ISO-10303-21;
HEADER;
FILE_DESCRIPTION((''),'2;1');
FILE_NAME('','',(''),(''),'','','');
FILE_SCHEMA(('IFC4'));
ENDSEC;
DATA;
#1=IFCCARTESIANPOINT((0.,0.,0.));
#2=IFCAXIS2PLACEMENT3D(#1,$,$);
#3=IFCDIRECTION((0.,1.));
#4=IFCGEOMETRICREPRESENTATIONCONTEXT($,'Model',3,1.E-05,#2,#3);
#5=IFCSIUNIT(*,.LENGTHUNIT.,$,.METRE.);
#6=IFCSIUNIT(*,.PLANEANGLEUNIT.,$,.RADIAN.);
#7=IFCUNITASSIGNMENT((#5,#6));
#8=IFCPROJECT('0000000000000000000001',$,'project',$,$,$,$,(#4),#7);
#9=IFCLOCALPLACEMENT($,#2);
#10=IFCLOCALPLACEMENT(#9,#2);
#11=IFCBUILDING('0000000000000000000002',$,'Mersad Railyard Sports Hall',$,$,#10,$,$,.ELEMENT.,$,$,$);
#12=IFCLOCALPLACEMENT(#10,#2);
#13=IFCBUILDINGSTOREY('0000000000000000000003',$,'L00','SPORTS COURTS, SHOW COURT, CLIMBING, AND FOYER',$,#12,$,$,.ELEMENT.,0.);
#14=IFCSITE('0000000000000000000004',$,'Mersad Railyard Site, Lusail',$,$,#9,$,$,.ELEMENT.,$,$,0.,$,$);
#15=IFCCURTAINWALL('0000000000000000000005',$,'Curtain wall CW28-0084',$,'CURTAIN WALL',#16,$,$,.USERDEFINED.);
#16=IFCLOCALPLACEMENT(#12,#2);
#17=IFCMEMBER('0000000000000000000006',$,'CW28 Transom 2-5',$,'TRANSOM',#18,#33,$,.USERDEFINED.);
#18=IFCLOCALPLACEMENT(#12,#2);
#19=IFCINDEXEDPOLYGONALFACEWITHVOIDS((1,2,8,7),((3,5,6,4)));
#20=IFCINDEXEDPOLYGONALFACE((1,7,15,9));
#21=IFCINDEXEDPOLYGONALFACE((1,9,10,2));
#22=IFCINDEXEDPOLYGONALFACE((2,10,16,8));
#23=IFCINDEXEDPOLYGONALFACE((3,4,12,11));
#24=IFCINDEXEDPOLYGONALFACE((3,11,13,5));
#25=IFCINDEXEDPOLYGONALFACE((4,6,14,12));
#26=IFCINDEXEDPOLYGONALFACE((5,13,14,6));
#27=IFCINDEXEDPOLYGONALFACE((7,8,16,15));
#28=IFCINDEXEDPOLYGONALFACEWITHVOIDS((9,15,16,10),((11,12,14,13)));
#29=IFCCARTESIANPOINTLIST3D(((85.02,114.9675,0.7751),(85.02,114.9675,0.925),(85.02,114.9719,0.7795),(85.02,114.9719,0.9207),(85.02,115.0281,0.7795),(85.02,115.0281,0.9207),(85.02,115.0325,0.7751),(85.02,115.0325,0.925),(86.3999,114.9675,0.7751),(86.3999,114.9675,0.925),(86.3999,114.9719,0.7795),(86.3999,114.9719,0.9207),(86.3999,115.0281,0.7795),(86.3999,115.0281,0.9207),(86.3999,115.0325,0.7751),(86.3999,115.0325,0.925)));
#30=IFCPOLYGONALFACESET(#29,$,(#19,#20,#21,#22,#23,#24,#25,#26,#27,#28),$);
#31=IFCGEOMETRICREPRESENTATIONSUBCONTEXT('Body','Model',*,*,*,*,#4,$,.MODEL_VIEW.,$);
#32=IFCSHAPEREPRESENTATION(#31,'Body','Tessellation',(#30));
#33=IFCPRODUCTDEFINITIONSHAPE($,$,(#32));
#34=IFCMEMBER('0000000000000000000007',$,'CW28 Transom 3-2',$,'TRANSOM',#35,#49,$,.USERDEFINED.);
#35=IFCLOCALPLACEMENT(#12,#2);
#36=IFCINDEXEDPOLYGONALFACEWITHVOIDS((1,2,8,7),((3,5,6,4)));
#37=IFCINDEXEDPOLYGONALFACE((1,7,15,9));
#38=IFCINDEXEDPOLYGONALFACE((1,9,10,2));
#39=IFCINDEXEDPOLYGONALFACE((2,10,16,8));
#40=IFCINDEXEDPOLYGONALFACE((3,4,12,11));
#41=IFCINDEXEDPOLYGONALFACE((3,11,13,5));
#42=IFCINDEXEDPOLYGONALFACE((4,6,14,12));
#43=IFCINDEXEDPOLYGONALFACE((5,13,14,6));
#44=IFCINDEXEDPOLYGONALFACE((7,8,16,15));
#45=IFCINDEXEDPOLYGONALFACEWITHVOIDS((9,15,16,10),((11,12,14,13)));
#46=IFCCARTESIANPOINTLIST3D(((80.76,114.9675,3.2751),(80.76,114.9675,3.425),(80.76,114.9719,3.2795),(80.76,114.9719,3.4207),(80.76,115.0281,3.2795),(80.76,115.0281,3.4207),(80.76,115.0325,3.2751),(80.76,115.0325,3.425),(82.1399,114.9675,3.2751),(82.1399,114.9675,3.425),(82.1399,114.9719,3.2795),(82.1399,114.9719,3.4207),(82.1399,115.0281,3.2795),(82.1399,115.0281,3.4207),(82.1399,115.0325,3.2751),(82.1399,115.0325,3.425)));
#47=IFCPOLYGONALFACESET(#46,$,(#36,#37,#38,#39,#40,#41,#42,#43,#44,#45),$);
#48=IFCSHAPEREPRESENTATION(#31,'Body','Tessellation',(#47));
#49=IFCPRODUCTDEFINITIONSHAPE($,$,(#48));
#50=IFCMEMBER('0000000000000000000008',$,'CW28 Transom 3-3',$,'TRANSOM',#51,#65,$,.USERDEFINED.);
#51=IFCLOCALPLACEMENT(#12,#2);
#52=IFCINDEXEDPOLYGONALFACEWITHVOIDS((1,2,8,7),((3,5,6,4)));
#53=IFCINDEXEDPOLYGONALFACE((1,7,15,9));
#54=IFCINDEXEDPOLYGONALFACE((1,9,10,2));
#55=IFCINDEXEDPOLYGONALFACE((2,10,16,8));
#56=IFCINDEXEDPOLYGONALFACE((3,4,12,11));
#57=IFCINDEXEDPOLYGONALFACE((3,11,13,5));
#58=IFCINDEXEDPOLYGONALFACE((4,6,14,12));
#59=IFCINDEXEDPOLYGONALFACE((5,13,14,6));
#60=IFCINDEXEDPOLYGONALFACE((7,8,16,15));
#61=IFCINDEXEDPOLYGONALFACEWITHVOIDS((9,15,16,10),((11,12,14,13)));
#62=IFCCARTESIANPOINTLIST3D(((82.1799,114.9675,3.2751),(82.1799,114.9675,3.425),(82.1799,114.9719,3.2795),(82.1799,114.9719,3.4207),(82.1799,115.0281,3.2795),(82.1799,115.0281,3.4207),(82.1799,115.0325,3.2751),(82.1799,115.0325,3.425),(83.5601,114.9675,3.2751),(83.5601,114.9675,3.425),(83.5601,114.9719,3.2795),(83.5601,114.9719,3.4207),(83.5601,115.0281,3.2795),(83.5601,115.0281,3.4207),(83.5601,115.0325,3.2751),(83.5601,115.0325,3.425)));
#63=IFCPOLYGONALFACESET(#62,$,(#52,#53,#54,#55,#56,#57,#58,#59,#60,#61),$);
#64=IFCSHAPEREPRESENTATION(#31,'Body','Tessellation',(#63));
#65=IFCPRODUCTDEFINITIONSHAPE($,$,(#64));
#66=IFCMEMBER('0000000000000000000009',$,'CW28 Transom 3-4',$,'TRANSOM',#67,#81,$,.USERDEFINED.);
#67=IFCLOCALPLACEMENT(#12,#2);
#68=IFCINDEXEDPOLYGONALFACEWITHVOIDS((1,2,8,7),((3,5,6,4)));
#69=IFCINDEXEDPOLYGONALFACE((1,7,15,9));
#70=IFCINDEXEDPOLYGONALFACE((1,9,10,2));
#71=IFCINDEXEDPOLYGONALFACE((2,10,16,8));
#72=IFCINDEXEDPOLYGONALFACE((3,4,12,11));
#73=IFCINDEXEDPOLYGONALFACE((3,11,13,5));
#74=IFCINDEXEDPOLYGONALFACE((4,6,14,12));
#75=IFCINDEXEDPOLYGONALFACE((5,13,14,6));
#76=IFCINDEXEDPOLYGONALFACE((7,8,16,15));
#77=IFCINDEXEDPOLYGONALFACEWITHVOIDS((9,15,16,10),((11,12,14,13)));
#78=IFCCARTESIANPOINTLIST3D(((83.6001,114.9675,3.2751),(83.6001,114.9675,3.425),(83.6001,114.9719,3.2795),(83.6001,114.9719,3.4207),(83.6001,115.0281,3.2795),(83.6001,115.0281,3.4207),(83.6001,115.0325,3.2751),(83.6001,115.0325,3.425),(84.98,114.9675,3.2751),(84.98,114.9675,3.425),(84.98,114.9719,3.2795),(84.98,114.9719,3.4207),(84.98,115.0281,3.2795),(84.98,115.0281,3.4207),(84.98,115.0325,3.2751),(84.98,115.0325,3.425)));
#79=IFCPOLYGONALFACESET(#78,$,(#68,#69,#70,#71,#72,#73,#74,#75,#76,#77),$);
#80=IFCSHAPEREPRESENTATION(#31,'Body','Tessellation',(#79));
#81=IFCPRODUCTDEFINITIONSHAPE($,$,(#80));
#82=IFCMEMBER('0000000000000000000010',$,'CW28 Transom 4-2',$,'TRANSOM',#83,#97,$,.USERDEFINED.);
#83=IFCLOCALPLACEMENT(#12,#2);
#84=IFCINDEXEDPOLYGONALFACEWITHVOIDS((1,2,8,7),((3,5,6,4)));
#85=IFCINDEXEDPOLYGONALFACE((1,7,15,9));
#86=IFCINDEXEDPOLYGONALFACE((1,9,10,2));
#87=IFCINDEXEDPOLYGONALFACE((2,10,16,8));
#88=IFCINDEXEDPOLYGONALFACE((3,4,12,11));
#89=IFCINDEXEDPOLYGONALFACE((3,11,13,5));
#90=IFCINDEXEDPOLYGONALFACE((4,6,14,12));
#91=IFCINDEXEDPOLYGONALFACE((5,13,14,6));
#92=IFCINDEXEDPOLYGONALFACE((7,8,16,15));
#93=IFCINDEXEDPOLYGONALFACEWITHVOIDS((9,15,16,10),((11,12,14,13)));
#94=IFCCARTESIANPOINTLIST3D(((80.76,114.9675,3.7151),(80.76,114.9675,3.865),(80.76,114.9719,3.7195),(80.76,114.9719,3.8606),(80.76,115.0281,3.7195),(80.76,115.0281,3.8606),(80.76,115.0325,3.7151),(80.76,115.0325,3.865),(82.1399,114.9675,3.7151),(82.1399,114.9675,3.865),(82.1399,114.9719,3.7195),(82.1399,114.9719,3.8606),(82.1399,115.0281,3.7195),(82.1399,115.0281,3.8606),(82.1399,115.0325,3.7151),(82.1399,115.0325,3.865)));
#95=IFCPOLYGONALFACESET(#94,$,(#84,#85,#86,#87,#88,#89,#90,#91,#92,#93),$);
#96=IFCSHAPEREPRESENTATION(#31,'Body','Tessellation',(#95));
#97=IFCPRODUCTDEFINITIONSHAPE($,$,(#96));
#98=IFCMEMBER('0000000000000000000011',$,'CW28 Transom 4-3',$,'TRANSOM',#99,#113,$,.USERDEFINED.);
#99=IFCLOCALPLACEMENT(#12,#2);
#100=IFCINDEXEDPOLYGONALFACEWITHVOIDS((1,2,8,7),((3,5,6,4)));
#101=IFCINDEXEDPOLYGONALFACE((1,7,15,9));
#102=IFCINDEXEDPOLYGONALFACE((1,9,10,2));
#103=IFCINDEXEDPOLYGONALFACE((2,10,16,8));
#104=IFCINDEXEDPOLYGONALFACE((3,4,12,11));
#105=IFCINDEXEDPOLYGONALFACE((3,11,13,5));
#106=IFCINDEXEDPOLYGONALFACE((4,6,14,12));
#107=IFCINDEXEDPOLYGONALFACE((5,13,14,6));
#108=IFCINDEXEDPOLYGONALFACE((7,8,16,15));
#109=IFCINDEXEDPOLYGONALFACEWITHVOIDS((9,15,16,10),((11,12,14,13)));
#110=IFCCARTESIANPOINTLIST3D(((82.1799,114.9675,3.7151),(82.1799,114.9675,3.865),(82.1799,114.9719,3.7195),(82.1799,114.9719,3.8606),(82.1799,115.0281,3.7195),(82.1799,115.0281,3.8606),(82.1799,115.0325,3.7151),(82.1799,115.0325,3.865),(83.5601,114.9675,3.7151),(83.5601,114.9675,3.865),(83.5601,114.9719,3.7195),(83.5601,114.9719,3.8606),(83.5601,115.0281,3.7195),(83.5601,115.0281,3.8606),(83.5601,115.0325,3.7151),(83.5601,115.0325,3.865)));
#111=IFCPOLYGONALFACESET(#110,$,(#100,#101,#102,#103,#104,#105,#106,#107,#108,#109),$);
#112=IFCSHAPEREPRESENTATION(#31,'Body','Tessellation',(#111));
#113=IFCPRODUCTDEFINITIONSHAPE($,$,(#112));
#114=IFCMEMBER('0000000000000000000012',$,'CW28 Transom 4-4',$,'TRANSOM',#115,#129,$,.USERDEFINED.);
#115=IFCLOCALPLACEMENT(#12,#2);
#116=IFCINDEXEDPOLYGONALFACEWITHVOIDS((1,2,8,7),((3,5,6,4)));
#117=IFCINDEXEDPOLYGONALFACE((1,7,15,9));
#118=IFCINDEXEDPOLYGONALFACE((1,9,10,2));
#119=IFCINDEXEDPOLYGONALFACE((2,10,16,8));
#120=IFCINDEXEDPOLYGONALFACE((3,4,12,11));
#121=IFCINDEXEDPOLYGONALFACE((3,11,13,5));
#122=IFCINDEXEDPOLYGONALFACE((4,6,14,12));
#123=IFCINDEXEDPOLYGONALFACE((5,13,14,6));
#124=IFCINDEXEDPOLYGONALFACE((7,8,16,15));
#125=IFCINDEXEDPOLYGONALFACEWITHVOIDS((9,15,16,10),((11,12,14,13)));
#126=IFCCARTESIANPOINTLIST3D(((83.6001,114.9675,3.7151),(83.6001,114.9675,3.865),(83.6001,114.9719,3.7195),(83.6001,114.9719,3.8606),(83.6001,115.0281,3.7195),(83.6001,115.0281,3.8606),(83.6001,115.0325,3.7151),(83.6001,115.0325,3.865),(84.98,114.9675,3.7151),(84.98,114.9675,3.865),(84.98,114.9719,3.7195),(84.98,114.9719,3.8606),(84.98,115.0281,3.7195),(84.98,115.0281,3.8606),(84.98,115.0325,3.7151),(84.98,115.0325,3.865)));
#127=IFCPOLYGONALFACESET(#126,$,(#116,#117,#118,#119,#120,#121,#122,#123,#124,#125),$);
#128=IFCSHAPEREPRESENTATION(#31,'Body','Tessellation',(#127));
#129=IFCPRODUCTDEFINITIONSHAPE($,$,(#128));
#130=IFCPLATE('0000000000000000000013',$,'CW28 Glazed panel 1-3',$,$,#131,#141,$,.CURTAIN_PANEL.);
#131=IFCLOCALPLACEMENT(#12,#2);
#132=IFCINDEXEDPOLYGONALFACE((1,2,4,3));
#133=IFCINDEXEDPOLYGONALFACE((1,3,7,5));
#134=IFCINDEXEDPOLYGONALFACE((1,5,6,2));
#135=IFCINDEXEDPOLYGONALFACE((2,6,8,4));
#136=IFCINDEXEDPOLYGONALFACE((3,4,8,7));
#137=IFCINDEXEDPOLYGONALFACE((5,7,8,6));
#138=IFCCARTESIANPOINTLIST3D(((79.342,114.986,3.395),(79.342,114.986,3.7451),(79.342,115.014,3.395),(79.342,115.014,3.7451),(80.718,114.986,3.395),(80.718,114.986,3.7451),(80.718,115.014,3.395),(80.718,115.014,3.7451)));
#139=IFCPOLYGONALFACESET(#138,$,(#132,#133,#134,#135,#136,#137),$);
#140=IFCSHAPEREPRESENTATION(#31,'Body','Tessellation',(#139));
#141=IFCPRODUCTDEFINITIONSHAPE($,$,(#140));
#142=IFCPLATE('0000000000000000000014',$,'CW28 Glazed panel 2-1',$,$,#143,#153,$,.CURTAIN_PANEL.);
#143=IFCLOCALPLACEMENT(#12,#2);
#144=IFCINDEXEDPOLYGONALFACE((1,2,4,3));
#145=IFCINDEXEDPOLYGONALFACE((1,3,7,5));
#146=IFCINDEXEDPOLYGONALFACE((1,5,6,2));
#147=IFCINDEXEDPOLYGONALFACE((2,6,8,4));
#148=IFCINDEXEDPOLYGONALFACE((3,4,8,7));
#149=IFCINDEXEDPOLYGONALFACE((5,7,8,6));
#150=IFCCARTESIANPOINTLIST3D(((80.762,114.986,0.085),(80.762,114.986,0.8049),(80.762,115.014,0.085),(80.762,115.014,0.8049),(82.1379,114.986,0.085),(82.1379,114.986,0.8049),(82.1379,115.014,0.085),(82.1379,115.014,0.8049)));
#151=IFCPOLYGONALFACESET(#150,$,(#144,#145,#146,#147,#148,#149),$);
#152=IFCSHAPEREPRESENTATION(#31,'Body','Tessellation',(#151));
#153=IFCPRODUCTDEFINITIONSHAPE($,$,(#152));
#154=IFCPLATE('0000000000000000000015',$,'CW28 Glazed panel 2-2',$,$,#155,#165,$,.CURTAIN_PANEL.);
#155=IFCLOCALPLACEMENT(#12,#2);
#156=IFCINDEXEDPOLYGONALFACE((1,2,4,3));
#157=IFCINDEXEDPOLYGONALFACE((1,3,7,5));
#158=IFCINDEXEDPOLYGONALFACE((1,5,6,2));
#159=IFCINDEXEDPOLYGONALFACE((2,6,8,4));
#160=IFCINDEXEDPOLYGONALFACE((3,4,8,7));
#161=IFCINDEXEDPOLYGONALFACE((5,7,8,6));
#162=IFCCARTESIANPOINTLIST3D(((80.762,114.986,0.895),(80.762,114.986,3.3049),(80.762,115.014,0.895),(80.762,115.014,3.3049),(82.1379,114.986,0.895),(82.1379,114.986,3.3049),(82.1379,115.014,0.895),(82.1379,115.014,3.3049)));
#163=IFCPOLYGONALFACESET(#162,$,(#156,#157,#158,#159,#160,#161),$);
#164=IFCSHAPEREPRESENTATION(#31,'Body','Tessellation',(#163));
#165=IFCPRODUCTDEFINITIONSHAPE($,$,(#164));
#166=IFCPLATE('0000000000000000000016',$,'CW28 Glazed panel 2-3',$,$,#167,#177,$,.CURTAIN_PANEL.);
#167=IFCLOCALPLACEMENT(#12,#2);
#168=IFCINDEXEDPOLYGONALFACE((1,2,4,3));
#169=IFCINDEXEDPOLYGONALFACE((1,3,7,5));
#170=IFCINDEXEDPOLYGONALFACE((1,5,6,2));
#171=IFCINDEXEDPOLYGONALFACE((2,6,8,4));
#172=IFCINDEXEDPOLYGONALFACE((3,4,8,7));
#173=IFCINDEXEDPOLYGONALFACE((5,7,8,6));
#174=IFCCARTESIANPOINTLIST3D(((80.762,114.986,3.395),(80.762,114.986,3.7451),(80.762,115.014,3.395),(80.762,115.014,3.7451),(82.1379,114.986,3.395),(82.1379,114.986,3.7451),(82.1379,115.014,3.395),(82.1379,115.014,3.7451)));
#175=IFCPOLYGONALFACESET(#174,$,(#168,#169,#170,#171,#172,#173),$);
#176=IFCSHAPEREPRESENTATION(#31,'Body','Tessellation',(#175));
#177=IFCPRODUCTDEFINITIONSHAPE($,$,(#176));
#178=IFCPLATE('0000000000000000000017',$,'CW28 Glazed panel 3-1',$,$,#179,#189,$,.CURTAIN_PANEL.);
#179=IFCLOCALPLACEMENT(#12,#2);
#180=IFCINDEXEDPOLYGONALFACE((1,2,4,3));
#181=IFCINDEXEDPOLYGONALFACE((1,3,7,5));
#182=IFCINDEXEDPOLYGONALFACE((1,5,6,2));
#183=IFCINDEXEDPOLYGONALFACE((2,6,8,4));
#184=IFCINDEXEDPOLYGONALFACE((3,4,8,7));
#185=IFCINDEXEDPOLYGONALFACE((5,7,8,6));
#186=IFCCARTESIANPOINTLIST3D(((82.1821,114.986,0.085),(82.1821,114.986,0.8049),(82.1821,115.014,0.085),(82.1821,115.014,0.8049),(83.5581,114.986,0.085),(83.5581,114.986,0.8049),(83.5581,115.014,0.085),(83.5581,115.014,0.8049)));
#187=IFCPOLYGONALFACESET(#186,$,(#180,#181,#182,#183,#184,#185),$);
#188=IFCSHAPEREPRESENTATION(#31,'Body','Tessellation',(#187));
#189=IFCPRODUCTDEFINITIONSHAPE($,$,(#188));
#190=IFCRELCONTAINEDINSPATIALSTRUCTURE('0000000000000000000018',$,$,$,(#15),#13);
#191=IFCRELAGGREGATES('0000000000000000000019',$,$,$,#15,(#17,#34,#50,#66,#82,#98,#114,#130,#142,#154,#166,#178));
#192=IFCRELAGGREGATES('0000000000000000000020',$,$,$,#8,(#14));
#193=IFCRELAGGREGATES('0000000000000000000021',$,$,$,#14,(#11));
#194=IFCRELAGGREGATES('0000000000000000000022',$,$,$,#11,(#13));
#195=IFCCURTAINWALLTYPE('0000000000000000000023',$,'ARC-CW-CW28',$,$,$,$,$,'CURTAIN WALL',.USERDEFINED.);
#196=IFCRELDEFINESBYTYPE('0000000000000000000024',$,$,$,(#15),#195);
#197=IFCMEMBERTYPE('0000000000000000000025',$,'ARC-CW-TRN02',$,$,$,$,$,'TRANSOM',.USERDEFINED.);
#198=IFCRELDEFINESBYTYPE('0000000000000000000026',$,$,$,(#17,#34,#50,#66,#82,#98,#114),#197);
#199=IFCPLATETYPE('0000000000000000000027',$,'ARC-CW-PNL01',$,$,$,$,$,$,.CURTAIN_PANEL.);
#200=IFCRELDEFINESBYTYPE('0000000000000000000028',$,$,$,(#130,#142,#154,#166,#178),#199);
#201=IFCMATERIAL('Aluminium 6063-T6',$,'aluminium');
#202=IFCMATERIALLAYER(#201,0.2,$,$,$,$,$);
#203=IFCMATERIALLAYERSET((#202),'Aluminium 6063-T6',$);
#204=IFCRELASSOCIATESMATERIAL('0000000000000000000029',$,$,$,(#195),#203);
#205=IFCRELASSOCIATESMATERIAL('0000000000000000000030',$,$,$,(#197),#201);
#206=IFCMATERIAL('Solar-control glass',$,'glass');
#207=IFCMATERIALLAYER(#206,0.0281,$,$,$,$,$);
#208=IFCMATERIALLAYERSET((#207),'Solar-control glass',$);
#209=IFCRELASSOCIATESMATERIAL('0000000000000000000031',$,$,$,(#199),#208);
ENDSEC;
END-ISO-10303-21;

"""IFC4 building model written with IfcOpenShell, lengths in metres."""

from ifc_helpers import new_model, si_unit, direction, frame, origin, origin_2d, place, context, subcontext, project, spatial, rectangle, hollow_rectangle, extrude, material, layer, layer_set, material_profile, profile_set, type_object, element, aggregate, save


model = new_model("IFC4")

# Units and contexts
model_context = context("Model", 3, precision=1e-05, world=origin(), true_north=direction((0.0, 1.0)))
body_context = subcontext(model_context, "Body", "Model", "MODEL_VIEW")
ifc_project = project(units=[si_unit("LENGTHUNIT", "METRE"), si_unit("PLANEANGLEUNIT", "RADIAN")], contexts=[model_context])

# Site, building, storey
site_placement = place(None, origin())
site = spatial("IfcSite", under=ifc_project, at=site_placement, Name="Mersad Railyard Site, Lusail", CompositionType="ELEMENT", RefElevation=0.0)
building_placement = place(site_placement, origin())
building = spatial("IfcBuilding", under=site, at=building_placement, Name="Mersad Railyard Sports Hall", CompositionType="ELEMENT")
storey_placement = place(building_placement, origin())
storey = spatial("IfcBuildingStorey", under=building, at=storey_placement, Name="L00", Description="SPORTS COURTS, SHOW COURT, CLIMBING, AND FOYER", CompositionType="ELEMENT", Elevation=0.0)

# Curtain wall, members, plates
ifc_material_1 = material(Name="Aluminium 6063-T6", Category="aluminium")
ifc_layer_1 = layer(ifc_material_1, 0.2)
ifc_layer_set_1 = layer_set([ifc_layer_1], Name="Aluminium 6063-T6")
curtain_wall_type = type_object("IfcCurtainWallType", Name="ARC-CW-CW28", ElementType="CURTAIN WALL", PredefinedType="USERDEFINED", material=ifc_layer_set_1)
curtain_wall_placement = place(storey_placement, origin())
curtain_wall = element("IfcCurtainWall", 1, at=curtain_wall_placement, inside=storey, type_object=curtain_wall_type, Name="Curtain wall CW28-0084", ObjectType="CURTAIN WALL", PredefinedType="USERDEFINED")
ifc_material_profile_1 = material_profile(ifc_material_1, hollow_rectangle(XDim=0.0649, YDim=0.1499, WallThickness=0.0044, at=origin_2d()), Name="AL TRANSOM 65x150x4.5")
ifc_profile_set_1 = profile_set([ifc_material_profile_1], Name="Aluminium 6063-T6")
member_type_1 = type_object("IfcMemberType", Name="ARC-CW-TRN02", ElementType="TRANSOM", PredefinedType="USERDEFINED", material=ifc_profile_set_1)
member_1_placement = place(storey_placement, frame((85.02, 115.0, 0.8501), z_axis=(1.0, 0.0, 0.0), x_axis=(0.0, 1.0, 0.0)))
member_1 = element("IfcMember", 2, at=member_1_placement, type_object=member_type_1, Name="CW28 Transom 2-5", ObjectType="TRANSOM", PredefinedType="USERDEFINED", context=body_context, shape_type="SweptSolid", body=[
    extrude(hollow_rectangle(XDim=0.0649, YDim=0.1499, WallThickness=0.0044, at=origin_2d()), origin(), (0.0, 0.0, 1.0), 1.3799),
])
member_2_placement = place(storey_placement, frame((80.76, 115.0, 3.3501), z_axis=(1.0, 0.0, 0.0), x_axis=(0.0, 1.0, 0.0)))
member_2 = element("IfcMember", 3, at=member_2_placement, type_object=member_type_1, Name="CW28 Transom 3-2", ObjectType="TRANSOM", PredefinedType="USERDEFINED", context=body_context, shape_type="SweptSolid", body=[
    extrude(hollow_rectangle(XDim=0.0649, YDim=0.1499, WallThickness=0.0044, at=origin_2d()), origin(), (0.0, 0.0, 1.0), 1.3799),
])
member_3_placement = place(storey_placement, frame((82.1799, 115.0, 3.3501), z_axis=(1.0, 0.0, 0.0), x_axis=(0.0, 1.0, 0.0)))
member_3 = element("IfcMember", 4, at=member_3_placement, type_object=member_type_1, Name="CW28 Transom 3-3", ObjectType="TRANSOM", PredefinedType="USERDEFINED", context=body_context, shape_type="SweptSolid", body=[
    extrude(hollow_rectangle(XDim=0.0649, YDim=0.1499, WallThickness=0.0044, at=origin_2d()), origin(), (0.0, 0.0, 1.0), 1.3801),
])
member_4_placement = place(storey_placement, frame((83.6001, 115.0, 3.3501), z_axis=(1.0, 0.0, 0.0), x_axis=(0.0, 1.0, 0.0)))
member_4 = element("IfcMember", 5, at=member_4_placement, type_object=member_type_1, Name="CW28 Transom 3-4", ObjectType="TRANSOM", PredefinedType="USERDEFINED", context=body_context, shape_type="SweptSolid", body=[
    extrude(hollow_rectangle(XDim=0.0649, YDim=0.1499, WallThickness=0.0044, at=origin_2d()), origin(), (0.0, 0.0, 1.0), 1.3799),
])
member_5_placement = place(storey_placement, frame((80.76, 115.0, 3.79), z_axis=(1.0, 0.0, 0.0), x_axis=(0.0, 1.0, 0.0)))
member_5 = element("IfcMember", 6, at=member_5_placement, type_object=member_type_1, Name="CW28 Transom 4-2", ObjectType="TRANSOM", PredefinedType="USERDEFINED", context=body_context, shape_type="SweptSolid", body=[
    extrude(hollow_rectangle(XDim=0.0649, YDim=0.1499, WallThickness=0.0044, at=origin_2d()), origin(), (0.0, 0.0, 1.0), 1.3799),
])
member_6_placement = place(storey_placement, frame((82.1799, 115.0, 3.79), z_axis=(1.0, 0.0, 0.0), x_axis=(0.0, 1.0, 0.0)))
member_6 = element("IfcMember", 7, at=member_6_placement, type_object=member_type_1, Name="CW28 Transom 4-3", ObjectType="TRANSOM", PredefinedType="USERDEFINED", context=body_context, shape_type="SweptSolid", body=[
    extrude(hollow_rectangle(XDim=0.0649, YDim=0.1499, WallThickness=0.0044, at=origin_2d()), origin(), (0.0, 0.0, 1.0), 1.3801),
])
member_7_placement = place(storey_placement, frame((83.6001, 115.0, 3.79), z_axis=(1.0, 0.0, 0.0), x_axis=(0.0, 1.0, 0.0)))
member_7 = element("IfcMember", 8, at=member_7_placement, type_object=member_type_1, Name="CW28 Transom 4-4", ObjectType="TRANSOM", PredefinedType="USERDEFINED", context=body_context, shape_type="SweptSolid", body=[
    extrude(hollow_rectangle(XDim=0.0649, YDim=0.1499, WallThickness=0.0044, at=origin_2d()), origin(), (0.0, 0.0, 1.0), 1.3799),
])
ifc_material_2 = material(Name="Solar-control glass", Category="glass")
ifc_layer_2 = layer(ifc_material_2, 0.0281)
ifc_layer_set_2 = layer_set([ifc_layer_2], Name="Solar-control glass")
plate_type = type_object("IfcPlateType", Name="ARC-CW-PNL01", PredefinedType="CURTAIN_PANEL", material=ifc_layer_set_2)
plate_1_placement = place(storey_placement, frame((80.03, 115.0, 3.395), z_axis=(0.0, 0.0, 1.0), x_axis=(1.0, 0.0, 0.0)))
plate_1 = element("IfcPlate", 9, at=plate_1_placement, type_object=plate_type, Name="CW28 Glazed panel 1-3", PredefinedType="CURTAIN_PANEL", context=body_context, shape_type="SweptSolid", body=[
    extrude(rectangle(XDim=1.376, YDim=0.0281, at=origin_2d()), origin(), (0.0, 0.0, 1.0), 0.3501),
])
plate_2_placement = place(storey_placement, frame((81.45, 115.0, 0.085), z_axis=(0.0, 0.0, 1.0), x_axis=(1.0, 0.0, 0.0)))
plate_2 = element("IfcPlate", 10, at=plate_2_placement, type_object=plate_type, Name="CW28 Glazed panel 2-1", PredefinedType="CURTAIN_PANEL", context=body_context, shape_type="SweptSolid", body=[
    extrude(rectangle(XDim=1.376, YDim=0.0281, at=origin_2d()), origin(), (0.0, 0.0, 1.0), 0.72),
])
plate_3_placement = place(storey_placement, frame((81.45, 115.0, 0.895), z_axis=(0.0, 0.0, 1.0), x_axis=(1.0, 0.0, 0.0)))
plate_3 = element("IfcPlate", 11, at=plate_3_placement, type_object=plate_type, Name="CW28 Glazed panel 2-2", PredefinedType="CURTAIN_PANEL", context=body_context, shape_type="SweptSolid", body=[
    extrude(rectangle(XDim=1.376, YDim=0.0281, at=origin_2d()), origin(), (0.0, 0.0, 1.0), 2.4099),
])
plate_4_placement = place(storey_placement, frame((81.45, 115.0, 3.395), z_axis=(0.0, 0.0, 1.0), x_axis=(1.0, 0.0, 0.0)))
plate_4 = element("IfcPlate", 12, at=plate_4_placement, type_object=plate_type, Name="CW28 Glazed panel 2-3", PredefinedType="CURTAIN_PANEL", context=body_context, shape_type="SweptSolid", body=[
    extrude(rectangle(XDim=1.376, YDim=0.0281, at=origin_2d()), origin(), (0.0, 0.0, 1.0), 0.3501),
])
plate_5_placement = place(storey_placement, frame((82.8701, 115.0, 0.085), z_axis=(0.0, 0.0, 1.0), x_axis=(1.0, 0.0, 0.0)))
plate_5 = element("IfcPlate", 13, at=plate_5_placement, type_object=plate_type, Name="CW28 Glazed panel 3-1", PredefinedType="CURTAIN_PANEL", context=body_context, shape_type="SweptSolid", body=[
    extrude(rectangle(XDim=1.376, YDim=0.0281, at=origin_2d()), origin(), (0.0, 0.0, 1.0), 0.72),
])
aggregate(curtain_wall, [member_1, member_2, member_3, member_4, member_5, member_6, member_7, plate_1, plate_2, plate_3, plate_4, plate_5])

save(model, "model.ifc")
